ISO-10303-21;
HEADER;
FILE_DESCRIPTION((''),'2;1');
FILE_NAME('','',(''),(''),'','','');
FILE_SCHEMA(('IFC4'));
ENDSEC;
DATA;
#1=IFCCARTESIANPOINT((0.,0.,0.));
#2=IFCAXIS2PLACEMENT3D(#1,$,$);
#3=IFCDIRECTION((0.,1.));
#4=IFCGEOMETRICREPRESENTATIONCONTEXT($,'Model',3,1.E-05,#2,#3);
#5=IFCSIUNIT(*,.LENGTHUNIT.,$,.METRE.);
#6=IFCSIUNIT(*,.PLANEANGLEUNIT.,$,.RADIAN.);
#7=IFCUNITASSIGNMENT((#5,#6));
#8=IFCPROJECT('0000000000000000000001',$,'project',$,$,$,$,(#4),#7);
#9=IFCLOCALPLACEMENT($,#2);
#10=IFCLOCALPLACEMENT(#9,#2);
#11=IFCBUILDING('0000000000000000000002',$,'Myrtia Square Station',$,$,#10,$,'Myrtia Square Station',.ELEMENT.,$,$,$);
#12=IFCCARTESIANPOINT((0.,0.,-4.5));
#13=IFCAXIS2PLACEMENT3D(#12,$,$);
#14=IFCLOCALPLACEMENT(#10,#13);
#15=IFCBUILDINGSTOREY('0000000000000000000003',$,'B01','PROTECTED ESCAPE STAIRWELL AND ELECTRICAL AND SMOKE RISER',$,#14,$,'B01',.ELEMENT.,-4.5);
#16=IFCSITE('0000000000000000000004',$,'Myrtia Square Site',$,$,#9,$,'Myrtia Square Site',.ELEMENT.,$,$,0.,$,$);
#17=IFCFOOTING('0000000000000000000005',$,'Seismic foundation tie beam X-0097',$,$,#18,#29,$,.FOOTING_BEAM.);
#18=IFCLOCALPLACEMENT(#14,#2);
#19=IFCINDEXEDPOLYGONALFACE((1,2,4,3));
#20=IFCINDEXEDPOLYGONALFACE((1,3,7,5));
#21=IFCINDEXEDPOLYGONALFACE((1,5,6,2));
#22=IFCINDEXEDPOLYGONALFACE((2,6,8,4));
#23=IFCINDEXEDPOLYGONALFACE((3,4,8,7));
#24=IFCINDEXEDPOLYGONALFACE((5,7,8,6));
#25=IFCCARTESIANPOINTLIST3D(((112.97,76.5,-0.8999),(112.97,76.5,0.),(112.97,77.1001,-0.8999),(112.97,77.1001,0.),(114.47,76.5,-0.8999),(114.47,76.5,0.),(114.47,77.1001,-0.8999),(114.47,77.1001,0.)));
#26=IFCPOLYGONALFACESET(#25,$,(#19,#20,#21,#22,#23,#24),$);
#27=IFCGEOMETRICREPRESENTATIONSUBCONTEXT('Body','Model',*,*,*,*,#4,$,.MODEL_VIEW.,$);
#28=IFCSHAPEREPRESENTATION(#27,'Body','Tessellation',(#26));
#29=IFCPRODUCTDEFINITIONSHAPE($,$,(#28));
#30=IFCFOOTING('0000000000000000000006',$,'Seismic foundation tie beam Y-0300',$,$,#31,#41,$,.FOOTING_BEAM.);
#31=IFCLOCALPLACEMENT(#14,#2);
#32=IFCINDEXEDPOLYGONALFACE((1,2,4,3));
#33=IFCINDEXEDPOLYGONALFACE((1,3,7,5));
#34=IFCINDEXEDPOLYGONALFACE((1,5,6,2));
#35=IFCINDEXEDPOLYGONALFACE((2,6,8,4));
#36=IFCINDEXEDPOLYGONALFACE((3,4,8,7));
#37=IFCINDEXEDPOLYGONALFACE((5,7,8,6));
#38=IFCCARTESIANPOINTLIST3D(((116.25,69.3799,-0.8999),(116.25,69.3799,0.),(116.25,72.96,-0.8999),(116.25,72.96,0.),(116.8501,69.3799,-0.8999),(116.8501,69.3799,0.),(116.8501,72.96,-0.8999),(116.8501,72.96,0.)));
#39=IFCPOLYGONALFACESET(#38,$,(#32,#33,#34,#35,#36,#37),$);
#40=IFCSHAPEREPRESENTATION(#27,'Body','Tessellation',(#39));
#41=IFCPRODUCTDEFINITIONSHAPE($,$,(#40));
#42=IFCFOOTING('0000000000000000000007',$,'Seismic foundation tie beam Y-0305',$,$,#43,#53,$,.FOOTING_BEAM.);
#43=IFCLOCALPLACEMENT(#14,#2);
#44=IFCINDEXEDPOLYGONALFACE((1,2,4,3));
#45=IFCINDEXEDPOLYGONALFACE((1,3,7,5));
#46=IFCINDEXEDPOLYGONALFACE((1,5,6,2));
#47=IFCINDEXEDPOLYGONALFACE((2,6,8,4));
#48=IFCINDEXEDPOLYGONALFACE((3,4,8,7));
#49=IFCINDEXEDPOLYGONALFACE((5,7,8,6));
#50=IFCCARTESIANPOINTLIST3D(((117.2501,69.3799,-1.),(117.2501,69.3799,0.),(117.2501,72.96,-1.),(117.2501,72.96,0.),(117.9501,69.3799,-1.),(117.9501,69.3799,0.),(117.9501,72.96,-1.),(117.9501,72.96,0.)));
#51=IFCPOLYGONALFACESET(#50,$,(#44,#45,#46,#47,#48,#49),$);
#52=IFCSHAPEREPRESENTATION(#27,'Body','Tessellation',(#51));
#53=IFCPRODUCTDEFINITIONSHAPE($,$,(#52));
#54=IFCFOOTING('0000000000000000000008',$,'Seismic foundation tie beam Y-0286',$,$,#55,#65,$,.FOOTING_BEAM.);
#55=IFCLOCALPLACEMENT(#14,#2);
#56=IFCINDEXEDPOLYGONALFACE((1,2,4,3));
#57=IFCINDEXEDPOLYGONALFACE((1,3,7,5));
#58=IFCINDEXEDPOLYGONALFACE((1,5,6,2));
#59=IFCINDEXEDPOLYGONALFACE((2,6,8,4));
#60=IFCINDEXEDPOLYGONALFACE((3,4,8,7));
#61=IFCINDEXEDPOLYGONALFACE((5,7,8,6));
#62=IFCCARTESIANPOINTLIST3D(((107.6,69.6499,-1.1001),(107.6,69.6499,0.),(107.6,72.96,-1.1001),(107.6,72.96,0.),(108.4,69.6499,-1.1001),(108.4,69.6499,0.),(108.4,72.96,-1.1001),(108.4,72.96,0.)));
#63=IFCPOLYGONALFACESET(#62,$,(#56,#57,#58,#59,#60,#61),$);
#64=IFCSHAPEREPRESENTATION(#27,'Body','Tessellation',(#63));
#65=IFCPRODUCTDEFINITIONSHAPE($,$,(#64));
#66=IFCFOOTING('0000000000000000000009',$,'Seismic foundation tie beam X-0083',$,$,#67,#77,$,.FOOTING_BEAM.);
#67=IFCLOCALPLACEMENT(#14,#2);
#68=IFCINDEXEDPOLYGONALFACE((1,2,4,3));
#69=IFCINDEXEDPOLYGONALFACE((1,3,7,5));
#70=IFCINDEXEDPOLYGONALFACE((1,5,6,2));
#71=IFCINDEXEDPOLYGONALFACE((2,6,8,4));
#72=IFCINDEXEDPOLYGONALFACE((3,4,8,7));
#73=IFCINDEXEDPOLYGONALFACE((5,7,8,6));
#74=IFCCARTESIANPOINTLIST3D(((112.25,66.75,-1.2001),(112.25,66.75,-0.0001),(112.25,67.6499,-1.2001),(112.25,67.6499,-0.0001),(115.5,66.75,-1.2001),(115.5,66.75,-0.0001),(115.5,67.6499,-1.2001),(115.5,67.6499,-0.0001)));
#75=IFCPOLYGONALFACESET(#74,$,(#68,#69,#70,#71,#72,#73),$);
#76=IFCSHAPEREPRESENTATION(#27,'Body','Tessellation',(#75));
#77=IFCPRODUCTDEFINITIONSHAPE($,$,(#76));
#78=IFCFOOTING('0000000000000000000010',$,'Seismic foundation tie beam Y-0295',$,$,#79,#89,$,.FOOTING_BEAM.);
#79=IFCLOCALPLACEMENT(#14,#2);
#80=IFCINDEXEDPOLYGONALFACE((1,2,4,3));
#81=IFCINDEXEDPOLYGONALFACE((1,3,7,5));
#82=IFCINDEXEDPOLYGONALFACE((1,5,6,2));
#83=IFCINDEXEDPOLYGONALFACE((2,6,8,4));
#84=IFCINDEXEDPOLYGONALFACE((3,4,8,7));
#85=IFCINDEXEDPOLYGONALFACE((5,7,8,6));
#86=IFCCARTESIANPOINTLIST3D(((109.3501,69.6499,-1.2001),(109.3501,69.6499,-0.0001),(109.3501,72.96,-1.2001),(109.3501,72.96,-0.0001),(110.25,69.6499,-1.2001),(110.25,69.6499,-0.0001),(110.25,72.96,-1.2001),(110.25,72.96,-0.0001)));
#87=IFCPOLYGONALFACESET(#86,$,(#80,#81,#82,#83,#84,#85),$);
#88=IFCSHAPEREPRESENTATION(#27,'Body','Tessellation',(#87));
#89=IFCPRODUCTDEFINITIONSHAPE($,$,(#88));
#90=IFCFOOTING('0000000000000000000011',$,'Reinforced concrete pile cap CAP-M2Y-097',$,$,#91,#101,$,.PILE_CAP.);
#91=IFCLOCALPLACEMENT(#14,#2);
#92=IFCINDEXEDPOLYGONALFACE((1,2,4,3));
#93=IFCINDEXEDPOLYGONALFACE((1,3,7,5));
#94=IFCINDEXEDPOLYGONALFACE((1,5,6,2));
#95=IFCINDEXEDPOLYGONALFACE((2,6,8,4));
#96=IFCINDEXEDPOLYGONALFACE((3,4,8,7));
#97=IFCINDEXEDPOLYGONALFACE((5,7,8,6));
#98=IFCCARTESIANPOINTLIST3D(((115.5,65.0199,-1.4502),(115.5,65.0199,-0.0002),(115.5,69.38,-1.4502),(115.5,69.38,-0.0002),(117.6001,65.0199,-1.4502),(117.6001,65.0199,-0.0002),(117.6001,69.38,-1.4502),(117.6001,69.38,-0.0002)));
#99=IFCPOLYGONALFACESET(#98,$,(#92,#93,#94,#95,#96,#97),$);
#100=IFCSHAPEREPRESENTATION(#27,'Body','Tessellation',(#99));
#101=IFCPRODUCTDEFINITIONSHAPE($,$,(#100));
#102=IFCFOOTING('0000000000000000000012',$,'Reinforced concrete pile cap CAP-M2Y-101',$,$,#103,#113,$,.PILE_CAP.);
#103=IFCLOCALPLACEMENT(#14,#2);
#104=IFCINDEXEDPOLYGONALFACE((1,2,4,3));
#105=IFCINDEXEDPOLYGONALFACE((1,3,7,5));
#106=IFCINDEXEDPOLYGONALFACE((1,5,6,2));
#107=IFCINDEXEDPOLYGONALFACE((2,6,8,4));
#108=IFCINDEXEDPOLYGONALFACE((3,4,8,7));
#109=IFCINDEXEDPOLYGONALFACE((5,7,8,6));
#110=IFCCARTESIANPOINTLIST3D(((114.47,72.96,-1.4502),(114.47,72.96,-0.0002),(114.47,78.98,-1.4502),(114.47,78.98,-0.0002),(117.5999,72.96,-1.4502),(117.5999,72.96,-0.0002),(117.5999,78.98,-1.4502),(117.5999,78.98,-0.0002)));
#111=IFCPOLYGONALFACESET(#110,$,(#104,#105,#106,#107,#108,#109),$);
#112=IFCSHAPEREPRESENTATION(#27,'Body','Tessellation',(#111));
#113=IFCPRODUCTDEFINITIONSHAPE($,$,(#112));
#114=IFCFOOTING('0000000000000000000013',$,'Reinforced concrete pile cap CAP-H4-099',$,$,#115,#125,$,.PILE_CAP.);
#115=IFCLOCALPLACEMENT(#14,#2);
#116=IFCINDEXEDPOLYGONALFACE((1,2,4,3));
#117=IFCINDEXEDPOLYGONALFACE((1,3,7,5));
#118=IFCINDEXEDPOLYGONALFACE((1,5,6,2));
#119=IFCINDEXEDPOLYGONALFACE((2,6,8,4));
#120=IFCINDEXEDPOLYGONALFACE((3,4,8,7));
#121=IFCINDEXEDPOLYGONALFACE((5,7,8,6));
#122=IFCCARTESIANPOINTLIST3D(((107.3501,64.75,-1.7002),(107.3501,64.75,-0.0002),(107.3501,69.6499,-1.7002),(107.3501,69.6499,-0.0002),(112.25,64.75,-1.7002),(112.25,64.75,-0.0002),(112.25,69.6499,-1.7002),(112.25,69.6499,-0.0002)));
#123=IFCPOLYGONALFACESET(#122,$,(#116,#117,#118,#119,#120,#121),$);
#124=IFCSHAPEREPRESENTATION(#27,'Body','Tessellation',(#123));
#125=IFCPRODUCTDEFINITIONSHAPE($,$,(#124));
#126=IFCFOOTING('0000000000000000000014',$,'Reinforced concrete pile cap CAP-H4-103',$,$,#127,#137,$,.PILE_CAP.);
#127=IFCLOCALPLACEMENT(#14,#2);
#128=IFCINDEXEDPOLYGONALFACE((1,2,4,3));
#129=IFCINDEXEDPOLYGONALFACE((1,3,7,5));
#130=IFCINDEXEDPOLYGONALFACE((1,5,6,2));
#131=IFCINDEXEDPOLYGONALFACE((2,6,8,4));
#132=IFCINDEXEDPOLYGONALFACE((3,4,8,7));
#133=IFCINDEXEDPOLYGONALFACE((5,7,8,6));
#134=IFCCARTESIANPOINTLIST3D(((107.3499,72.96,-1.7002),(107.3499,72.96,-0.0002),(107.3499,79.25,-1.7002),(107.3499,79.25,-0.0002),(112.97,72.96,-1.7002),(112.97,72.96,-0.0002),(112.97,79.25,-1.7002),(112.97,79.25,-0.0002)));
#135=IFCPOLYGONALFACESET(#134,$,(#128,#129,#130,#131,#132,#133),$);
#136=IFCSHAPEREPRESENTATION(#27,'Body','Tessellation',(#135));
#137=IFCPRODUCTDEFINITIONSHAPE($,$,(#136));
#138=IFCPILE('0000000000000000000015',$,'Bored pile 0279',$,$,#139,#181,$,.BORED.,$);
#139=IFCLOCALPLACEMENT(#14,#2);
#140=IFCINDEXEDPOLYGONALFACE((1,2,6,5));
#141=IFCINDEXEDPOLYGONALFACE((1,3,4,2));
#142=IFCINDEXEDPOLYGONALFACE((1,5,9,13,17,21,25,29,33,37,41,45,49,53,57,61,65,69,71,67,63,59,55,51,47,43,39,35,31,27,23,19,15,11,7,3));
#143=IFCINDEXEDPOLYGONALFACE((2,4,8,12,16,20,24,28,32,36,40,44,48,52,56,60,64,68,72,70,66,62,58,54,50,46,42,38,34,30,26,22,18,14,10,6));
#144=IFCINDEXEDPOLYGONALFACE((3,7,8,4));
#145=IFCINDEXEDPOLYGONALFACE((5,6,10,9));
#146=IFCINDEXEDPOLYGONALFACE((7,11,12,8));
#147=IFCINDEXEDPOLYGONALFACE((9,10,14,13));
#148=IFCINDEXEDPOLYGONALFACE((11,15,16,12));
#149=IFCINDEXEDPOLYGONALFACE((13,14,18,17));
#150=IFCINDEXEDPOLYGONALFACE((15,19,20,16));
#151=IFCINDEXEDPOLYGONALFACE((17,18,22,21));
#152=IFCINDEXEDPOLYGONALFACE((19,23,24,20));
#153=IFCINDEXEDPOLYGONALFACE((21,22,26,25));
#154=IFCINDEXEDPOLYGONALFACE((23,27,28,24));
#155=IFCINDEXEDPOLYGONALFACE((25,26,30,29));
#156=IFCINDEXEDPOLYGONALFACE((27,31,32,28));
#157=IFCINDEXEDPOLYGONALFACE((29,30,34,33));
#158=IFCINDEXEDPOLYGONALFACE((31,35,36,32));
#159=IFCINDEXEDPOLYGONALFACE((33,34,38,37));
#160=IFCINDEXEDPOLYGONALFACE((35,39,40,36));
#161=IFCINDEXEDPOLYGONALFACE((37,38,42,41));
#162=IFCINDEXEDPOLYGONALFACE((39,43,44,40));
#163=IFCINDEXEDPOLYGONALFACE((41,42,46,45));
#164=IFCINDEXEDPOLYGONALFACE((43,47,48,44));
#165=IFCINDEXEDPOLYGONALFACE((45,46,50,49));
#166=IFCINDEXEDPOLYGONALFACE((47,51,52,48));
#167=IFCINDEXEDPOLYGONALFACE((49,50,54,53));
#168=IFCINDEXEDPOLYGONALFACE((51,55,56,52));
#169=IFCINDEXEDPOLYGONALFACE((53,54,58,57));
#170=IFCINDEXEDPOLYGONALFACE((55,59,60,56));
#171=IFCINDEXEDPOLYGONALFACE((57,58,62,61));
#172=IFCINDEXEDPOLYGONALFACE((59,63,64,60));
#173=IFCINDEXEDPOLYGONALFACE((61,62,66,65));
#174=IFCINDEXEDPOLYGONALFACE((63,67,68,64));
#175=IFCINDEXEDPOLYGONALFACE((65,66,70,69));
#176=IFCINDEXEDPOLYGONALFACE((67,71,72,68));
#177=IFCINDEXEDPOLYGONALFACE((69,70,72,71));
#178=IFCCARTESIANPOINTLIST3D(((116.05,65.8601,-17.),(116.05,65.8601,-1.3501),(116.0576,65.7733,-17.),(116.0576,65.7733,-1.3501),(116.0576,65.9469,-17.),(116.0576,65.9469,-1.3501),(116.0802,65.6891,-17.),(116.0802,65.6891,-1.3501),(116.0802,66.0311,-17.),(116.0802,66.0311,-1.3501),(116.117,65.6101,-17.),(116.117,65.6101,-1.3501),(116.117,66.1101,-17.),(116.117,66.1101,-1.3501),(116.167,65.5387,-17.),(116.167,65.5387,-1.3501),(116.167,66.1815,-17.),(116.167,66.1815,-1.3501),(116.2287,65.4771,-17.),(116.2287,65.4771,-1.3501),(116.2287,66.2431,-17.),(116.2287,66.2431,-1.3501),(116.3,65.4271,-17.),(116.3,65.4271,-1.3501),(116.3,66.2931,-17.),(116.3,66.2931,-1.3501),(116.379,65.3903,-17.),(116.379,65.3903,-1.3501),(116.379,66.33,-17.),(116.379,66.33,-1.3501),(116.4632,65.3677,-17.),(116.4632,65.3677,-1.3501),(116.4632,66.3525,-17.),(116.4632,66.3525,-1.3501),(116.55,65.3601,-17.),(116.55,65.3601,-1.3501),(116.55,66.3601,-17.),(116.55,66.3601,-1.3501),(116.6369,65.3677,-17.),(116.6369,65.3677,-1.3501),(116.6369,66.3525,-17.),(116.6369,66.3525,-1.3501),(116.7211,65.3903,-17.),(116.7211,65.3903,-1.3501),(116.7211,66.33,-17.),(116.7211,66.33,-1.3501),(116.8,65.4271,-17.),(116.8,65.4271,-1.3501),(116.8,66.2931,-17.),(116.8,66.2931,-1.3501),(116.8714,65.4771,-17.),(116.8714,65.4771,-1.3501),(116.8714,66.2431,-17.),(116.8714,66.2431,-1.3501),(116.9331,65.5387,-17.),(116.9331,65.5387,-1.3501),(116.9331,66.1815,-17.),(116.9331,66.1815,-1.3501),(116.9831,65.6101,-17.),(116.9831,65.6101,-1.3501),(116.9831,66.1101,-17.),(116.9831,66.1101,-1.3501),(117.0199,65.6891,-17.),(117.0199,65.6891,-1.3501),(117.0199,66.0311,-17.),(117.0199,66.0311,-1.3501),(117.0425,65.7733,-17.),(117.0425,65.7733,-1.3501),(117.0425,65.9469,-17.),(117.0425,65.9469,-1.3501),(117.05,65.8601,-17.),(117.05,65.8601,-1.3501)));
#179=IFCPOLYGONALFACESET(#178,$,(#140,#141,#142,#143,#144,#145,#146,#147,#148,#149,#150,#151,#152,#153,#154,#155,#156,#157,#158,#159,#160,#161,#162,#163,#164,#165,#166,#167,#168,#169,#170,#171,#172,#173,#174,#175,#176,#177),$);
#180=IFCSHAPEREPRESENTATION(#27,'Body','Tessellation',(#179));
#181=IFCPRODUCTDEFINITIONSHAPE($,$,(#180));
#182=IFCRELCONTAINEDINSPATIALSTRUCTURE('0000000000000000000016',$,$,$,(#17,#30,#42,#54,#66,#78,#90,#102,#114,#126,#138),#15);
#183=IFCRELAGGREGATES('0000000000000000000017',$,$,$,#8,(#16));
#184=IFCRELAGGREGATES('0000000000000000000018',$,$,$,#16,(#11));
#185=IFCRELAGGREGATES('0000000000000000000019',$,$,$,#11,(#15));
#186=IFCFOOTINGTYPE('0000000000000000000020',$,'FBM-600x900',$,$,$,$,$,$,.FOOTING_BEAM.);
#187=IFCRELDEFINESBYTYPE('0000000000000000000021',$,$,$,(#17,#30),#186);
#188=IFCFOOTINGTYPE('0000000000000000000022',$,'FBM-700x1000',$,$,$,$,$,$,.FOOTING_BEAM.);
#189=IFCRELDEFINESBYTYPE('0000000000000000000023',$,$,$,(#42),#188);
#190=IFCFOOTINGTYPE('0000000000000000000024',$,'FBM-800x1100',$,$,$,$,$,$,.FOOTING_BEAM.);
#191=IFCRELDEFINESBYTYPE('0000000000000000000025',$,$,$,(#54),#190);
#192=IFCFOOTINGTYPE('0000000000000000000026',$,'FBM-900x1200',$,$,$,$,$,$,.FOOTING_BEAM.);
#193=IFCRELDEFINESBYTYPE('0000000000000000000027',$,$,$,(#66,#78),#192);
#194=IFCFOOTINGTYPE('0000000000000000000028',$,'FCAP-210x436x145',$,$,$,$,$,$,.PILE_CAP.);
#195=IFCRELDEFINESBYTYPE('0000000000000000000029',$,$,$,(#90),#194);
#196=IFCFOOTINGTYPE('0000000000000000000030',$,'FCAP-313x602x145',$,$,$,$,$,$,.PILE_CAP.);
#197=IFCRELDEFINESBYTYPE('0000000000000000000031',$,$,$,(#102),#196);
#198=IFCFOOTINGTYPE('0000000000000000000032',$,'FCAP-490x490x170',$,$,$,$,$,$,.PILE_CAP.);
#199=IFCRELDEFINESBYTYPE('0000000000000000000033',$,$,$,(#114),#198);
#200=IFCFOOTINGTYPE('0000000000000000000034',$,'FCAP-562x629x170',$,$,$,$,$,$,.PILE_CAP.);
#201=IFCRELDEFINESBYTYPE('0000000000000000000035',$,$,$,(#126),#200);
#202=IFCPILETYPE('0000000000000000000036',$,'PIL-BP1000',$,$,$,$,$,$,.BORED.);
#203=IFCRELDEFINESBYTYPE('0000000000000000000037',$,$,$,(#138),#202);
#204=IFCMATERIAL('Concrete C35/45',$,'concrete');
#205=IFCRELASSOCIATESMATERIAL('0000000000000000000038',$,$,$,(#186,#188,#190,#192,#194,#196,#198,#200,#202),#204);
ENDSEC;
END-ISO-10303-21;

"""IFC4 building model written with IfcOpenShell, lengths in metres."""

from ifc_helpers import new_model, si_unit, direction, frame, origin, origin_2d, place, context, subcontext, project, spatial, rectangle, circle, extrude, material, material_profile, profile_set, type_object, element, save


model = new_model("IFC4")

# Units and contexts
model_context = context("Model", 3, precision=1e-05, world=origin(), true_north=direction((0.0, 1.0)))
body_context = subcontext(model_context, "Body", "Model", "MODEL_VIEW")
ifc_project = project(units=[si_unit("LENGTHUNIT", "METRE"), si_unit("PLANEANGLEUNIT", "RADIAN")], contexts=[model_context])

# Site, building, storey
site_placement = place(None, origin())
site = spatial("IfcSite", under=ifc_project, at=site_placement, Name="Myrtia Square Site", LongName="Myrtia Square Site", CompositionType="ELEMENT", RefElevation=0.0)
building_placement = place(site_placement, origin())
building = spatial("IfcBuilding", under=site, at=building_placement, Name="Myrtia Square Station", LongName="Myrtia Square Station", CompositionType="ELEMENT")
storey_placement = place(building_placement, frame((0.0, 0.0, -4.5)))
storey = spatial("IfcBuildingStorey", under=building, at=storey_placement, Name="B01", Description="PROTECTED ESCAPE STAIRWELL AND ELECTRICAL AND SMOKE RISER", LongName="B01", CompositionType="ELEMENT", Elevation=-4.5)

# Footings
ifc_material_1 = material(Name="Concrete C35/45", Category="concrete")
ifc_material_profile_1 = material_profile(ifc_material_1, rectangle(XDim=0.6001, YDim=0.8999, at=origin_2d()), Name="FB 600x900")
ifc_profile_set_1 = profile_set([ifc_material_profile_1], Name="Concrete C35/45")
footing_type_1 = type_object("IfcFootingType", Name="FBM-600x900", PredefinedType="FOOTING_BEAM", material=ifc_profile_set_1)
footing_1_placement = place(storey_placement, frame((112.97, 76.8, -0.45), z_axis=(1.0, 0.0, 0.0), x_axis=(0.0, 1.0, 0.0)))
element("IfcFooting", 1, at=footing_1_placement, inside=storey, type_object=footing_type_1, Name="Seismic foundation tie beam X-0097", PredefinedType="FOOTING_BEAM", context=body_context, shape_type="SweptSolid", body=[
    extrude(rectangle(XDim=0.6001, YDim=0.8999, at=origin_2d()), origin(), (0.0, 0.0, 1.0), 1.5),
])
footing_2_placement = place(storey_placement, frame((116.55, 69.3799, -0.45), z_axis=(0.0, 1.0, 0.0), x_axis=(-1.0, 0.0, 0.0)))
element("IfcFooting", 2, at=footing_2_placement, inside=storey, type_object=footing_type_1, Name="Seismic foundation tie beam Y-0300", PredefinedType="FOOTING_BEAM", context=body_context, shape_type="SweptSolid", body=[
    extrude(rectangle(XDim=0.6001, YDim=0.8999, at=origin_2d()), origin(), (0.0, 0.0, 1.0), 3.5801),
])
ifc_material_profile_2 = material_profile(ifc_material_1, rectangle(XDim=0.7, YDim=1.0, at=origin_2d()), Name="FB 700x1000")
ifc_profile_set_2 = profile_set([ifc_material_profile_2], Name="Concrete C35/45")
footing_type_2 = type_object("IfcFootingType", Name="FBM-700x1000", PredefinedType="FOOTING_BEAM", material=ifc_profile_set_2)
footing_3_placement = place(storey_placement, frame((117.6001, 69.3799, -0.5), z_axis=(0.0, 1.0, 0.0), x_axis=(-1.0, 0.0, 0.0)))
element("IfcFooting", 3, at=footing_3_placement, inside=storey, type_object=footing_type_2, Name="Seismic foundation tie beam Y-0305", PredefinedType="FOOTING_BEAM", context=body_context, shape_type="SweptSolid", body=[
    extrude(rectangle(XDim=0.7, YDim=1.0, at=origin_2d()), origin(), (0.0, 0.0, 1.0), 3.5801),
])
ifc_material_profile_3 = material_profile(ifc_material_1, rectangle(XDim=0.8, YDim=1.1001, at=origin_2d()), Name="FB 800x1100")
ifc_profile_set_3 = profile_set([ifc_material_profile_3], Name="Concrete C35/45")
footing_type_3 = type_object("IfcFootingType", Name="FBM-800x1100", PredefinedType="FOOTING_BEAM", material=ifc_profile_set_3)
footing_4_placement = place(storey_placement, frame((108.0, 69.6499, -0.55), z_axis=(0.0, 1.0, 0.0), x_axis=(-1.0, 0.0, 0.0)))
element("IfcFooting", 4, at=footing_4_placement, inside=storey, type_object=footing_type_3, Name="Seismic foundation tie beam Y-0286", PredefinedType="FOOTING_BEAM", context=body_context, shape_type="SweptSolid", body=[
    extrude(rectangle(XDim=0.8, YDim=1.1001, at=origin_2d()), origin(), (0.0, 0.0, 1.0), 3.3101),
])
ifc_material_profile_4 = material_profile(ifc_material_1, rectangle(XDim=0.8999, YDim=1.2, at=origin_2d()), Name="FB 900x1200")
ifc_profile_set_4 = profile_set([ifc_material_profile_4], Name="Concrete C35/45")
footing_type_4 = type_object("IfcFootingType", Name="FBM-900x1200", PredefinedType="FOOTING_BEAM", material=ifc_profile_set_4)
footing_5_placement = place(storey_placement, frame((112.25, 67.2, -0.6001), z_axis=(1.0, 0.0, 0.0), x_axis=(0.0, 1.0, 0.0)))
element("IfcFooting", 5, at=footing_5_placement, inside=storey, type_object=footing_type_4, Name="Seismic foundation tie beam X-0083", PredefinedType="FOOTING_BEAM", context=body_context, shape_type="SweptSolid", body=[
    extrude(rectangle(XDim=0.8999, YDim=1.2, at=origin_2d()), origin(), (0.0, 0.0, 1.0), 3.25),
])
footing_6_placement = place(storey_placement, frame((109.8, 69.6499, -0.6001), z_axis=(0.0, 1.0, 0.0), x_axis=(-1.0, 0.0, 0.0)))
element("IfcFooting", 6, at=footing_6_placement, inside=storey, type_object=footing_type_4, Name="Seismic foundation tie beam Y-0295", PredefinedType="FOOTING_BEAM", context=body_context, shape_type="SweptSolid", body=[
    extrude(rectangle(XDim=0.8999, YDim=1.2, at=origin_2d()), origin(), (0.0, 0.0, 1.0), 3.3101),
])
footing_type_5 = type_object("IfcFootingType", Name="FCAP-210x436x145", PredefinedType="PILE_CAP", material=ifc_material_1)
footing_7_placement = place(storey_placement, frame((116.55, 67.2, -1.4502), z_axis=(0.0, 0.0, 1.0), x_axis=(1.0, 0.0, 0.0)))
element("IfcFooting", 7, at=footing_7_placement, inside=storey, type_object=footing_type_5, Name="Reinforced concrete pile cap CAP-M2Y-097", PredefinedType="PILE_CAP", context=body_context, shape_type="SweptSolid", body=[
    extrude(rectangle(XDim=2.1001, YDim=4.3601, at=origin_2d()), origin(), (0.0, 0.0, 1.0), 1.45),
])
footing_type_6 = type_object("IfcFootingType", Name="FCAP-313x602x145", PredefinedType="PILE_CAP", material=ifc_material_1)
footing_8_placement = place(storey_placement, frame((116.0349, 75.97, -1.4502), z_axis=(0.0, 0.0, 1.0), x_axis=(1.0, 0.0, 0.0)))
element("IfcFooting", 8, at=footing_8_placement, inside=storey, type_object=footing_type_6, Name="Reinforced concrete pile cap CAP-M2Y-101", PredefinedType="PILE_CAP", context=body_context, shape_type="SweptSolid", body=[
    extrude(rectangle(XDim=3.1299, YDim=6.02, at=origin_2d()), origin(), (0.0, 0.0, 1.0), 1.45),
])
footing_type_7 = type_object("IfcFootingType", Name="FCAP-490x490x170", PredefinedType="PILE_CAP", material=ifc_material_1)
footing_9_placement = place(storey_placement, frame((109.8, 67.2, -1.7002), z_axis=(0.0, 0.0, 1.0), x_axis=(1.0, 0.0, 0.0)))
element("IfcFooting", 9, at=footing_9_placement, inside=storey, type_object=footing_type_7, Name="Reinforced concrete pile cap CAP-H4-099", PredefinedType="PILE_CAP", context=body_context, shape_type="SweptSolid", body=[
    extrude(rectangle(XDim=4.8999, YDim=4.8999, at=origin_2d()), origin(), (0.0, 0.0, 1.0), 1.7),
])
footing_type_8 = type_object("IfcFootingType", Name="FCAP-562x629x170", PredefinedType="PILE_CAP", material=ifc_material_1)
footing_10_placement = place(storey_placement, frame((110.1599, 76.105, -1.7002), z_axis=(0.0, 0.0, 1.0), x_axis=(1.0, 0.0, 0.0)))
element("IfcFooting", 10, at=footing_10_placement, inside=storey, type_object=footing_type_8, Name="Reinforced concrete pile cap CAP-H4-103", PredefinedType="PILE_CAP", context=body_context, shape_type="SweptSolid", body=[
    extrude(rectangle(XDim=5.6201, YDim=6.29, at=origin_2d()), origin(), (0.0, 0.0, 1.0), 1.7),
])

# Pile
ifc_material_profile_5 = material_profile(ifc_material_1, circle(Radius=0.5, at=origin_2d()), Name="BP D1000")
ifc_profile_set_5 = profile_set([ifc_material_profile_5], Name="Concrete C35/45")
pile_type_1 = type_object("IfcPileType", Name="PIL-BP1000", PredefinedType="BORED", material=ifc_profile_set_5)
for number, where, z_axis, x_axis, name in (
    (11, (116.55, 65.8601, -1.3501), (0.0, 0.0, -1.0), (1.0, 0.0, 0.0), "Bored pile 0279"),
):
    element("IfcPile", number, at=place(storey_placement, frame(where, z_axis=z_axis, x_axis=x_axis)), inside=storey, type_object=pile_type_1, Name=name, PredefinedType="BORED", context=body_context, shape_type="SweptSolid", body=[
        extrude(circle(Radius=0.5, at=origin_2d()), origin(), (0.0, 0.0, 1.0), 15.6499),
    ])

save(model, "model.ifc")
